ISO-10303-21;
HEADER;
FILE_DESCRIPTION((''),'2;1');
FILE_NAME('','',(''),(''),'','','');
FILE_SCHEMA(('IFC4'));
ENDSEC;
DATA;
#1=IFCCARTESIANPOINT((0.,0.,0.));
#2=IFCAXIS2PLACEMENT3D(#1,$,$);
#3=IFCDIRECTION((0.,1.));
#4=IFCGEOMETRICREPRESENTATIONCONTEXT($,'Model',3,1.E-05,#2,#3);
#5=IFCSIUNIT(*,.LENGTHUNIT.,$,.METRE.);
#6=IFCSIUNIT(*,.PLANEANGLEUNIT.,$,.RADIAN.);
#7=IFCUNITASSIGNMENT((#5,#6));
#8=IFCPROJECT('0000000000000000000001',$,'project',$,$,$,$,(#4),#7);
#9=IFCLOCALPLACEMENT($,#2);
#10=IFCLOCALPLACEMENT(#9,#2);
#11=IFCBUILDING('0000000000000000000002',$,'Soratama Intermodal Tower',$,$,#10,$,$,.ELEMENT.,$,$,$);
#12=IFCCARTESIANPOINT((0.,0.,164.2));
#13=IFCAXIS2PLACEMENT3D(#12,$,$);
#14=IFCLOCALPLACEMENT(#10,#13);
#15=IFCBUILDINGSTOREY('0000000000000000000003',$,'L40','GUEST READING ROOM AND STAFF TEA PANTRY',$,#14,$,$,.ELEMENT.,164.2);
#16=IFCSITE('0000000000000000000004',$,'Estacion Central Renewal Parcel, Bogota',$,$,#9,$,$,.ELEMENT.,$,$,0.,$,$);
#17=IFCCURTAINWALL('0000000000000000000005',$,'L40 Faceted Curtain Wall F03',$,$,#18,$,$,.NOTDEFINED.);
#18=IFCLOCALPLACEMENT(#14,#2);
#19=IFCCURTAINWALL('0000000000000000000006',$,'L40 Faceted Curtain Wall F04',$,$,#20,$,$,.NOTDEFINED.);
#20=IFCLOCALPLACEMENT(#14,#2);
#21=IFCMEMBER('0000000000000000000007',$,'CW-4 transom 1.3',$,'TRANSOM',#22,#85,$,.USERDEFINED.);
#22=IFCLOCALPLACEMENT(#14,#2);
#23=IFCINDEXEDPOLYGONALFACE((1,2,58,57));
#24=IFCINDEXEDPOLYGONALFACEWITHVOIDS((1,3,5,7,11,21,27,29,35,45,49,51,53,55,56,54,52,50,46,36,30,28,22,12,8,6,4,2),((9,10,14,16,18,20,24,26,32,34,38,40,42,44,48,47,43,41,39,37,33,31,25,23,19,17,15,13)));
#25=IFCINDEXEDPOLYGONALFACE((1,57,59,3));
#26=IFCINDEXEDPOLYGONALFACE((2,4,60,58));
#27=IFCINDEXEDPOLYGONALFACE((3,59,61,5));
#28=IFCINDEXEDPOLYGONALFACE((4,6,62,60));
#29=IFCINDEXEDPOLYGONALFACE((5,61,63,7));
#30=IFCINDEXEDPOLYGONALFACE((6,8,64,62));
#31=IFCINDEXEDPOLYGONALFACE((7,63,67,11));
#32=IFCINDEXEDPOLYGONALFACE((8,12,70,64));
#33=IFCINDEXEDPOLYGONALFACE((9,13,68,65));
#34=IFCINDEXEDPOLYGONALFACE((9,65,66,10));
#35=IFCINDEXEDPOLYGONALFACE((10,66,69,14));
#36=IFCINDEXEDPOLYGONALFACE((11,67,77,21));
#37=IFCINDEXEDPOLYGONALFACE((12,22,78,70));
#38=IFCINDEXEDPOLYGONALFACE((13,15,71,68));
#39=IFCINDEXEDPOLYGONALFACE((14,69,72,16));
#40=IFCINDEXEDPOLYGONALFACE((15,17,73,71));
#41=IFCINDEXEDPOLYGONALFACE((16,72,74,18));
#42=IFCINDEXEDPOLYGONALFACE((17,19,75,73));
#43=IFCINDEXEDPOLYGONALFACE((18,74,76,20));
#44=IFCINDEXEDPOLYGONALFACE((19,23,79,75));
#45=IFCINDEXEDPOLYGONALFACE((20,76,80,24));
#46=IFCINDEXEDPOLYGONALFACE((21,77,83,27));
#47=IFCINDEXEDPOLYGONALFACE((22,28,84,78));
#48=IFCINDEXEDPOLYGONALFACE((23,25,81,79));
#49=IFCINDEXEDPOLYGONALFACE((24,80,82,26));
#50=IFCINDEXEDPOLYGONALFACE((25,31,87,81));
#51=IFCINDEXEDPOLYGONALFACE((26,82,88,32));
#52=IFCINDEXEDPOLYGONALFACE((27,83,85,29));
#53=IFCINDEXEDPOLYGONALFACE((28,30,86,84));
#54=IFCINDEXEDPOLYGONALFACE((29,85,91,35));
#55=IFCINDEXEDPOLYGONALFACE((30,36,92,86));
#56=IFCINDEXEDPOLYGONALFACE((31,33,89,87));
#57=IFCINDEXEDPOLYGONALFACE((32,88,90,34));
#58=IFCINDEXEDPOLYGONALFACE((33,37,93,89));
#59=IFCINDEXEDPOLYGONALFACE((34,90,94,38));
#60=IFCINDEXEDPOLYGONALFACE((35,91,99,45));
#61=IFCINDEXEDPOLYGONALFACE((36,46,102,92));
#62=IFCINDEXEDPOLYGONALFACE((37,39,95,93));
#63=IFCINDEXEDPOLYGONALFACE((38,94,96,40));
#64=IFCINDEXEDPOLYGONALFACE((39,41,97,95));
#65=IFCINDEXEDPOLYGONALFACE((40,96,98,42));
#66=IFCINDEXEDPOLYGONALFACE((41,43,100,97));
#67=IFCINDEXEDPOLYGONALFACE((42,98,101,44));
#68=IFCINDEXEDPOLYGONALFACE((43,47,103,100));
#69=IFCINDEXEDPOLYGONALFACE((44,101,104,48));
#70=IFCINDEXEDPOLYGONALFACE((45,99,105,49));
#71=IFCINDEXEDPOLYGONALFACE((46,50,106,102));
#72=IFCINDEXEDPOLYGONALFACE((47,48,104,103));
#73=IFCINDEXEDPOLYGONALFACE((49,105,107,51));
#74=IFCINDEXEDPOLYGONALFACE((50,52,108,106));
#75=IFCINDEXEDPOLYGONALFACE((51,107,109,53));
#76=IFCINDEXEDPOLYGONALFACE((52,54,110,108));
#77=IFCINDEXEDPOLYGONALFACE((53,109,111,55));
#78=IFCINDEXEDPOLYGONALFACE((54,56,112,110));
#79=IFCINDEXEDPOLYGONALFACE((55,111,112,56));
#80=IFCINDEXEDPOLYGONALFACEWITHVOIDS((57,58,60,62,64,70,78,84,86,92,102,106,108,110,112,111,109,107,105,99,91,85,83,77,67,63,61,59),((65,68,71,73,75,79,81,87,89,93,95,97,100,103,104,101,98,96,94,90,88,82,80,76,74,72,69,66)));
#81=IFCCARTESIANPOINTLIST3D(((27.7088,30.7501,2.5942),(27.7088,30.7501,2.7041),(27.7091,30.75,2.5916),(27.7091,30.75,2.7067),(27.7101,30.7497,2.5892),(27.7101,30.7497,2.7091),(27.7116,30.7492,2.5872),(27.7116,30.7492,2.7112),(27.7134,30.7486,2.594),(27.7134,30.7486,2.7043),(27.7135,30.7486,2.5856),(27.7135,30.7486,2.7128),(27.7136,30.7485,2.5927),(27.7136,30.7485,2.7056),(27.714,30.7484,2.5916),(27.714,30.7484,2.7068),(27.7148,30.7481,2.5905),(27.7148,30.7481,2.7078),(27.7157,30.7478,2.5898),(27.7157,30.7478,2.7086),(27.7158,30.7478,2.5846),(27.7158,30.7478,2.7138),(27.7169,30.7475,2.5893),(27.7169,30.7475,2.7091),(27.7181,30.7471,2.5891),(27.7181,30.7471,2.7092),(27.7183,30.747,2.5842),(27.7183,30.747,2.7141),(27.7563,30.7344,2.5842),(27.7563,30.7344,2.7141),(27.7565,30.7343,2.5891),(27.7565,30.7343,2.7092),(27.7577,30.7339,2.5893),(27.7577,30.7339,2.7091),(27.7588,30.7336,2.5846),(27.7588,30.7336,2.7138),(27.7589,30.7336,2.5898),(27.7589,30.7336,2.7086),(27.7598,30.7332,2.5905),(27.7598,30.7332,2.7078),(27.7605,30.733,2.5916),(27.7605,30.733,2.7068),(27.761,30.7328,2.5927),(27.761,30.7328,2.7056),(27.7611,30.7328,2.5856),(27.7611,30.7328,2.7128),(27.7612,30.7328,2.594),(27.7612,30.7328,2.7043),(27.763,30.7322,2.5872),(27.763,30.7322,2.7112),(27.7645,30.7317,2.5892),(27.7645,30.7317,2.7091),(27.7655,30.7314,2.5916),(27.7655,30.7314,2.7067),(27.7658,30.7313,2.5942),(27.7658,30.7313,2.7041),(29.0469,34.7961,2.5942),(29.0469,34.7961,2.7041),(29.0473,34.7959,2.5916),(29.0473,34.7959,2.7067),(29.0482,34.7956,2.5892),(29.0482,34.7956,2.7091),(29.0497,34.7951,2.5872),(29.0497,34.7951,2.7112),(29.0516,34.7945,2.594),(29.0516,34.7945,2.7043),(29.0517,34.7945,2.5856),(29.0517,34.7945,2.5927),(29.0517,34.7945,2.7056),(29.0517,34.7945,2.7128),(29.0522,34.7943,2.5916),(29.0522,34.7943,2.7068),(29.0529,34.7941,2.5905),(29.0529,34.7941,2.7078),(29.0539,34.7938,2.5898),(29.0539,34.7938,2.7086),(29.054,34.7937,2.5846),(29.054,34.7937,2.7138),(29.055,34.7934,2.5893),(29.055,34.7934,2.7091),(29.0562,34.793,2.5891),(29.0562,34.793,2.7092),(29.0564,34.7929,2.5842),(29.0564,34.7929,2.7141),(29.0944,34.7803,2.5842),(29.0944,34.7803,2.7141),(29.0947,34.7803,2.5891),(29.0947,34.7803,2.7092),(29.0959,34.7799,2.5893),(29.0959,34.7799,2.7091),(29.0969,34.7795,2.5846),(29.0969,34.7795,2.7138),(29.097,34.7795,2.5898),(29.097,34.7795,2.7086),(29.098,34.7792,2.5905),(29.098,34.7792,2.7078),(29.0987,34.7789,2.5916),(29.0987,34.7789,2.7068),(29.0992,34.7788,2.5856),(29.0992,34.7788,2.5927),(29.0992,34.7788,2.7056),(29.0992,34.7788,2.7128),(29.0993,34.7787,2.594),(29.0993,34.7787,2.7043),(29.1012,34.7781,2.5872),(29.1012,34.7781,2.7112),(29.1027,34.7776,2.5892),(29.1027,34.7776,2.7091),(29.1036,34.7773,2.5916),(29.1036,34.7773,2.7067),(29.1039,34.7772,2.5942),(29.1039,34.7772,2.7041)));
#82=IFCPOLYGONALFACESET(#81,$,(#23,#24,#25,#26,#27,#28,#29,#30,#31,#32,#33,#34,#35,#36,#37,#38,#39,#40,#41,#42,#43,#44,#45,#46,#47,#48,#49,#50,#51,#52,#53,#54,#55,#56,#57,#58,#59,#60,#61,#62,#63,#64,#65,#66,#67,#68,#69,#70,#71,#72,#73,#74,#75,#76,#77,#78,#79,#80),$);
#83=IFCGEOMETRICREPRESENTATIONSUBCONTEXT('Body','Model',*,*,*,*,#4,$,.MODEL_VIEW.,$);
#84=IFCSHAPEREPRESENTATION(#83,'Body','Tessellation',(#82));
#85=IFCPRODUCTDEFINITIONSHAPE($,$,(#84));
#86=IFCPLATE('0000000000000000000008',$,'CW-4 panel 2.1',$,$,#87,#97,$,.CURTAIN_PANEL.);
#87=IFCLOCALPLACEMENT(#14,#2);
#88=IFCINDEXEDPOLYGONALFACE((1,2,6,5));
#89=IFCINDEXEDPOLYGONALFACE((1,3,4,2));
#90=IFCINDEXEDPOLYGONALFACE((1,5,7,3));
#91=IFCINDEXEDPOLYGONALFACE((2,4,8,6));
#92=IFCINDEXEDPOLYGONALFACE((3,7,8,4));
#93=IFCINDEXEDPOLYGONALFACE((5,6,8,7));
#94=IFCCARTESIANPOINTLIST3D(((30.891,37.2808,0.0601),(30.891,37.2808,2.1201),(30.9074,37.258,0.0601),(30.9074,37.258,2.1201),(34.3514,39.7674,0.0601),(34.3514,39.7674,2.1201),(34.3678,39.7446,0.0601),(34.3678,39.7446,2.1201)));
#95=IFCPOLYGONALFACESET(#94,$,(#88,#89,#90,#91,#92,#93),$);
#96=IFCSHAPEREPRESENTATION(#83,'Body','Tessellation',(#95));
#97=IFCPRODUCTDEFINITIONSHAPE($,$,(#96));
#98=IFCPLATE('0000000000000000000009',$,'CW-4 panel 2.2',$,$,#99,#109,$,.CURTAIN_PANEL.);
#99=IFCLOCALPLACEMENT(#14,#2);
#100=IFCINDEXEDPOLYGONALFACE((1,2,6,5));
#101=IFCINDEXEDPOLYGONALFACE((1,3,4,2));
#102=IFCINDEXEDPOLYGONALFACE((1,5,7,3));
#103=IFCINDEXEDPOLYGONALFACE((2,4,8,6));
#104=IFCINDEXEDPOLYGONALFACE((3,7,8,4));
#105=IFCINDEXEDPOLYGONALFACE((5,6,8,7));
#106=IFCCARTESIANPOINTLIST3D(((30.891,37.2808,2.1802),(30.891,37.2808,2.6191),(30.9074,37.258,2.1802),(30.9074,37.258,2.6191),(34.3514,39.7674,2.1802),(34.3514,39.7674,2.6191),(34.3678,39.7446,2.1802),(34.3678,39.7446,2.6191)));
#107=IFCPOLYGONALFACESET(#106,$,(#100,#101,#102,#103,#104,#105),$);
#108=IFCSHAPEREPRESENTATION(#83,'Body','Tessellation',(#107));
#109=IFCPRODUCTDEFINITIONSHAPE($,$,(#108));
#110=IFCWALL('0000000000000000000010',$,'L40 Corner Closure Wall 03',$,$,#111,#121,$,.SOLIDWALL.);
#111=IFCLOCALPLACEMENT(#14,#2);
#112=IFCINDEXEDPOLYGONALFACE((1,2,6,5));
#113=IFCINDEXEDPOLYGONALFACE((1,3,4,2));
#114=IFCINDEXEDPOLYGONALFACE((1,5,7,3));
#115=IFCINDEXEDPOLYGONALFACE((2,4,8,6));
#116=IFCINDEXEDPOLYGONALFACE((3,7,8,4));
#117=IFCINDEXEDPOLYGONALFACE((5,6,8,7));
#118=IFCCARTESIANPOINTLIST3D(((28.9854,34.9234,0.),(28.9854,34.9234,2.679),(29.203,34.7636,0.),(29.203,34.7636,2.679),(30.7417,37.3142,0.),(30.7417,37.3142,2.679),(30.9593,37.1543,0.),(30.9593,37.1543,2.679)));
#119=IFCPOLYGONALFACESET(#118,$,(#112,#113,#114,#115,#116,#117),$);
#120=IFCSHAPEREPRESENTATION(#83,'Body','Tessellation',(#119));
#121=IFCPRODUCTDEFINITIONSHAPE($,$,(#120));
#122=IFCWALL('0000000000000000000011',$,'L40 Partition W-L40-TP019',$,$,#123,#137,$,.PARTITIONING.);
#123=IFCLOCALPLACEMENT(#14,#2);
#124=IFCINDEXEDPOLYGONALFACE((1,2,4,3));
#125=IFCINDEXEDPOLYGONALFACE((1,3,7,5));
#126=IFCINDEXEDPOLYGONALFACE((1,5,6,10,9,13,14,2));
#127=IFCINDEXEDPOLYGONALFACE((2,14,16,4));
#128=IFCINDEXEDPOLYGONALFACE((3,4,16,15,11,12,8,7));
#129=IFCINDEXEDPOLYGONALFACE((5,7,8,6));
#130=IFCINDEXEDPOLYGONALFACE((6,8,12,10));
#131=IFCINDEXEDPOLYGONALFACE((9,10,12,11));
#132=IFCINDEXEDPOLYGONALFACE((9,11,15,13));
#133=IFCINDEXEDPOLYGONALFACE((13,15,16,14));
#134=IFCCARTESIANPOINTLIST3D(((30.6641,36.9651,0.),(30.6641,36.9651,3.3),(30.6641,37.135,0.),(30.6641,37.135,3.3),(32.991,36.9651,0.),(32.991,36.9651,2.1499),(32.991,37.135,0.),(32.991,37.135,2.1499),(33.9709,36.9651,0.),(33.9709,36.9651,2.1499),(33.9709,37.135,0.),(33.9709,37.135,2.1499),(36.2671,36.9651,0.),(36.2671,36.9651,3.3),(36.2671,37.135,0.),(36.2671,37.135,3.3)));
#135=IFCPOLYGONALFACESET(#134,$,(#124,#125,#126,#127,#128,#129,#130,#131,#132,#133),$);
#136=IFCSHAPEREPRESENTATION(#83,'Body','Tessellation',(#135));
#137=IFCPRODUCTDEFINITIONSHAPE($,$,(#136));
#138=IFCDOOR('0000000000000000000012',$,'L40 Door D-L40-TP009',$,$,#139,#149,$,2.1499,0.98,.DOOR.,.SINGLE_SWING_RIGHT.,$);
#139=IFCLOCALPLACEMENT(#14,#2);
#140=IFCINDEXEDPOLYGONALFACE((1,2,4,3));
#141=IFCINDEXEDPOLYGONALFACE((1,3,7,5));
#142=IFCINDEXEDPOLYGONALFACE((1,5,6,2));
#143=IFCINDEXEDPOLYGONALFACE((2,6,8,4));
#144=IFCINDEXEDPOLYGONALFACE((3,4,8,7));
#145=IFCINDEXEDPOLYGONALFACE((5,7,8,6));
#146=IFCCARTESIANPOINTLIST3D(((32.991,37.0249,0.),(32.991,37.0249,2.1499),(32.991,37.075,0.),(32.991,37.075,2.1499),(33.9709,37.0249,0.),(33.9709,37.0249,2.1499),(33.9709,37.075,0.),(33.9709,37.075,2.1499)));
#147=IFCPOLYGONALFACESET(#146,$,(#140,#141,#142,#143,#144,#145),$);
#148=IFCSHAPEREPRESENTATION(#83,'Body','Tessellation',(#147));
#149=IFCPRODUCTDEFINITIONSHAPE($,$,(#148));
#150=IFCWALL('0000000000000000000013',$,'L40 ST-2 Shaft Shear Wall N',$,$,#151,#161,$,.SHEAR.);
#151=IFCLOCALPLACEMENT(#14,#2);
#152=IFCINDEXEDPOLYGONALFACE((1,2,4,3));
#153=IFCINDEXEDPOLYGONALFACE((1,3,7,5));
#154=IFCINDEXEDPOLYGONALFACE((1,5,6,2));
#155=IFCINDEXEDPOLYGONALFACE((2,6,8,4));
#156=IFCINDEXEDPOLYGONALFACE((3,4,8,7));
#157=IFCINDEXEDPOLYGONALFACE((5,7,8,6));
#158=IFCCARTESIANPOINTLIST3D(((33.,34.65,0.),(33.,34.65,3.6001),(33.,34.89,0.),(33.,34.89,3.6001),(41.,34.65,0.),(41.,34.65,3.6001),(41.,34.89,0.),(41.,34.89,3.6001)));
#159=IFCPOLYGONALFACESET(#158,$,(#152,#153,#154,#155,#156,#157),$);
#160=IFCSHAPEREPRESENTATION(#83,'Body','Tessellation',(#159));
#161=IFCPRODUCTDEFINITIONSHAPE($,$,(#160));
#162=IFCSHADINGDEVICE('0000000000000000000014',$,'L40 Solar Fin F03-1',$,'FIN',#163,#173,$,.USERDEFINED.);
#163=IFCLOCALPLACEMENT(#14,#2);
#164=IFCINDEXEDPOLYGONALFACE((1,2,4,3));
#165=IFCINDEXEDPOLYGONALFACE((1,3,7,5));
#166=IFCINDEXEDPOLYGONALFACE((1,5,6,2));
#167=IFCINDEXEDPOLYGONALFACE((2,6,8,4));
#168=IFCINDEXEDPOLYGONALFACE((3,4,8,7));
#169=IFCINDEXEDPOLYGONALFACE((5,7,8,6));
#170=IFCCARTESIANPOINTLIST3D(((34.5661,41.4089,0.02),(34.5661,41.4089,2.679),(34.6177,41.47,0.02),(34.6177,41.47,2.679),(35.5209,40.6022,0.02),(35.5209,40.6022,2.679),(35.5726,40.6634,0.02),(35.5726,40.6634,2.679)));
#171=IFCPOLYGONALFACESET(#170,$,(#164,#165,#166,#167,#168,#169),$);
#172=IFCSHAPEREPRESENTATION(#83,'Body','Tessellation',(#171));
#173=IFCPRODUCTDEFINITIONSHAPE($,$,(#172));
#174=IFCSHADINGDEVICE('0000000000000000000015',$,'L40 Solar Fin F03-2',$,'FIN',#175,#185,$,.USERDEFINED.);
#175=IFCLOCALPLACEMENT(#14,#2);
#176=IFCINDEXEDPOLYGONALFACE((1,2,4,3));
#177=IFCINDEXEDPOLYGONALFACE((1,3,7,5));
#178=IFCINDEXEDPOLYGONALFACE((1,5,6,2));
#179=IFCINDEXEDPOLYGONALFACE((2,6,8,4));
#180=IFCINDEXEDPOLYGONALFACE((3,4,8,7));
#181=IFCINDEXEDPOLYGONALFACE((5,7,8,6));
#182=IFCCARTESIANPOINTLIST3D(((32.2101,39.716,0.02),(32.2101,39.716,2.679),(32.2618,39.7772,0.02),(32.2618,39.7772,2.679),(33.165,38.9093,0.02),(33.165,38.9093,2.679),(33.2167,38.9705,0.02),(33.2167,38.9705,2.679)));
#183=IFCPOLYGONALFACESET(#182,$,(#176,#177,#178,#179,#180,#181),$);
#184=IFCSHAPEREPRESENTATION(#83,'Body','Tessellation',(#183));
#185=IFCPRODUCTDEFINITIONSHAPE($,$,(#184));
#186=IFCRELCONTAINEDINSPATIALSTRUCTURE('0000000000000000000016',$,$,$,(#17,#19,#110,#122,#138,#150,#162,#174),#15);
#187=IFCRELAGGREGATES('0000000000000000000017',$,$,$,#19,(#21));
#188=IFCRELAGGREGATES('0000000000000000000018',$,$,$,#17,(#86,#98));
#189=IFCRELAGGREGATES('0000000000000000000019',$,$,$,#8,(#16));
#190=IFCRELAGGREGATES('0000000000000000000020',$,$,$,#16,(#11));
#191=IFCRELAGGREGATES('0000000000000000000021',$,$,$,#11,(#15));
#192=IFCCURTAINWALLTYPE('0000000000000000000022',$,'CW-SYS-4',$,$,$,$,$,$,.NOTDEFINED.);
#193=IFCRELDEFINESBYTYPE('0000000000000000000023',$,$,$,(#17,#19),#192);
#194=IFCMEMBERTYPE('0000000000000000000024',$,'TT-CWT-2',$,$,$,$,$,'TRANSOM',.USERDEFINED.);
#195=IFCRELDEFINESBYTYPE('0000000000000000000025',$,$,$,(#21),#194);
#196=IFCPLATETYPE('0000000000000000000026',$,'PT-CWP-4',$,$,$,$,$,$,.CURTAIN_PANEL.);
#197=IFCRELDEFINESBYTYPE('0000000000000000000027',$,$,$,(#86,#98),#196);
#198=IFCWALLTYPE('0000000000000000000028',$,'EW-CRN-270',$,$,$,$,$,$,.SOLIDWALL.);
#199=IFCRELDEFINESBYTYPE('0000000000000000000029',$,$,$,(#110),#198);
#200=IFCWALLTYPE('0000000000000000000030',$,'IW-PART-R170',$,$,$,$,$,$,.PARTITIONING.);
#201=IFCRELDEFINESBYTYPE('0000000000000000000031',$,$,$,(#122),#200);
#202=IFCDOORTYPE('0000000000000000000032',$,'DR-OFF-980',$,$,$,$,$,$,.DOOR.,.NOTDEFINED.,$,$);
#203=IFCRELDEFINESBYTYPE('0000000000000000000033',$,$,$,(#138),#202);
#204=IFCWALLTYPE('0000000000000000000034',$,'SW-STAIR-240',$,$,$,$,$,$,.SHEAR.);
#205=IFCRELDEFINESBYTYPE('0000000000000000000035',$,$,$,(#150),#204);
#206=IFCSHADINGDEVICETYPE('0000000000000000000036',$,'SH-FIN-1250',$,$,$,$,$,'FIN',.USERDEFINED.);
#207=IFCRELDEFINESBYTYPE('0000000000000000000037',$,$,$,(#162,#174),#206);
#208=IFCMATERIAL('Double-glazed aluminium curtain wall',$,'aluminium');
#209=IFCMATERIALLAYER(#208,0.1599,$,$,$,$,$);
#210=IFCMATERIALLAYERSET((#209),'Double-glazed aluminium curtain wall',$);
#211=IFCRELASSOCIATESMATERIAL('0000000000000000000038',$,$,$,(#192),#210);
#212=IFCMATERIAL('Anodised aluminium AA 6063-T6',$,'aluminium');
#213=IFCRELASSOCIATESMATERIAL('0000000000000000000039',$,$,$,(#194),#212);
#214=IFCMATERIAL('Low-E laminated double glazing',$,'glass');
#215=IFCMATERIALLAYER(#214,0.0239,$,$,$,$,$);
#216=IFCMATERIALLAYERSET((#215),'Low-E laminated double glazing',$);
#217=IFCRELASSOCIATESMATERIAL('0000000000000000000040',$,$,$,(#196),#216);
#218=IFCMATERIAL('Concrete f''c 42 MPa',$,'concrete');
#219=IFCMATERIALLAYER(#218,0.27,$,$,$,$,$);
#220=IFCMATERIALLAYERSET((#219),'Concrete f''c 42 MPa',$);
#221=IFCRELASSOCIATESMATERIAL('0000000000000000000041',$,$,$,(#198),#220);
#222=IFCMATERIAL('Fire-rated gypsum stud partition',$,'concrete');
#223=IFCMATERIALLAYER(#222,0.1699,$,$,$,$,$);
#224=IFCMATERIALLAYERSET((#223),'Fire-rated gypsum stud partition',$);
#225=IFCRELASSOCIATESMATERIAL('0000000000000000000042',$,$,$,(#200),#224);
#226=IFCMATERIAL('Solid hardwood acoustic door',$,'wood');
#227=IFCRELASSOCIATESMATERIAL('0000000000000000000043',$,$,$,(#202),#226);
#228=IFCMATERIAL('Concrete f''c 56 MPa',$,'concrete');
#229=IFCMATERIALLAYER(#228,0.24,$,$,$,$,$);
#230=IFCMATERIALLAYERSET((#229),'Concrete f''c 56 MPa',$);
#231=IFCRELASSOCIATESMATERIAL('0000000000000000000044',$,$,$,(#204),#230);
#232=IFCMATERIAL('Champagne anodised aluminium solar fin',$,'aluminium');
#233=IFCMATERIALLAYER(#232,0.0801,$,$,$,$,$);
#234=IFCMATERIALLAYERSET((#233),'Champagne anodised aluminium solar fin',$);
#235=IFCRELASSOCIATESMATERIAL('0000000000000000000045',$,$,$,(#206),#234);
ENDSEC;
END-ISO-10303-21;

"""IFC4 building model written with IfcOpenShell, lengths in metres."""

from ifc_helpers import new_model, si_unit, direction, frame, frame_2d, origin, origin_2d, place, context, subcontext, project, spatial, rectangle, hollow_rectangle, extrude, material, layer, layer_set, material_profile, profile_set, type_object, element, fill, aggregate, save


model = new_model("IFC4")

# Units and contexts
model_context = context("Model", 3, precision=1e-05, world=origin(), true_north=direction((0.0, 1.0)))
body_context = subcontext(model_context, "Body", "Model", "MODEL_VIEW")
ifc_project = project(units=[si_unit("LENGTHUNIT", "METRE"), si_unit("PLANEANGLEUNIT", "RADIAN")], contexts=[model_context])

# Site, building, storey
site_placement = place(None, origin())
site = spatial("IfcSite", under=ifc_project, at=site_placement, Name="Estacion Central Renewal Parcel, Bogota", CompositionType="ELEMENT", RefElevation=0.0)
building_placement = place(site_placement, origin())
building = spatial("IfcBuilding", under=site, at=building_placement, Name="Soratama Intermodal Tower", CompositionType="ELEMENT")
storey_placement = place(building_placement, frame((0.0, 0.0, 164.2)))
storey = spatial("IfcBuildingStorey", under=building, at=storey_placement, Name="L40", Description="GUEST READING ROOM AND STAFF TEA PANTRY", CompositionType="ELEMENT", Elevation=164.2)

# Curtain wall
ifc_material_1 = material(Name="Double-glazed aluminium curtain wall", Category="aluminium")
ifc_layer_1 = layer(ifc_material_1, 0.1599)
ifc_layer_set_1 = layer_set([ifc_layer_1], Name="Double-glazed aluminium curtain wall")
curtain_wall_type = type_object("IfcCurtainWallType", Name="CW-SYS-4", PredefinedType="NOTDEFINED", material=ifc_layer_set_1)
curtain_wall_1_placement = place(storey_placement, origin())
curtain_wall_1 = element("IfcCurtainWall", 1, at=curtain_wall_1_placement, inside=storey, type_object=curtain_wall_type, Name="L40 Faceted Curtain Wall F03", PredefinedType="NOTDEFINED")

# Curtain wall
curtain_wall_2_placement = place(storey_placement, origin())
curtain_wall_2 = element("IfcCurtainWall", 2, at=curtain_wall_2_placement, inside=storey, type_object=curtain_wall_type, Name="L40 Faceted Curtain Wall F04", PredefinedType="NOTDEFINED")

# Member
ifc_material_2 = material(Name="Anodised aluminium AA 6063-T6", Category="aluminium")
ifc_material_profile_1 = material_profile(ifc_material_2, hollow_rectangle(XDim=0.0601, YDim=0.1299, WallThickness=0.0049, InnerFilletRadius=0.0049, OuterFilletRadius=0.01, at=origin_2d()), Name="CWT130X60X5")
ifc_profile_set_1 = profile_set([ifc_material_profile_1], Name="Anodised aluminium AA 6063-T6")
member_type_1 = type_object("IfcMemberType", Name="TT-CWT-2", ElementType="TRANSOM", PredefinedType="USERDEFINED", material=ifc_profile_set_1)
member_1_placement = place(storey_placement, frame((29.0754, 34.7866, 2.6492), z_axis=(-0.31401, -0.94942, 0.0), x_axis=(0.94942, -0.31401, 0.0)))
member_1 = element("IfcMember", 3, at=member_1_placement, type_object=member_type_1, Name="CW-4 transom 1.3", ObjectType="TRANSOM", PredefinedType="USERDEFINED", context=body_context, shape_type="SweptSolid", body=[
    extrude(hollow_rectangle(XDim=0.0601, YDim=0.1299, WallThickness=0.0049, InnerFilletRadius=0.0049, OuterFilletRadius=0.01, at=origin_2d()), origin(), (0.0, 0.0, 1.0), 4.2615),
])
aggregate(curtain_wall_2, [member_1])

# Plates
ifc_material_3 = material(Name="Low-E laminated double glazing", Category="glass")
ifc_layer_2 = layer(ifc_material_3, 0.0239)
ifc_layer_set_2 = layer_set([ifc_layer_2], Name="Low-E laminated double glazing")
plate_type = type_object("IfcPlateType", Name="PT-CWP-4", PredefinedType="CURTAIN_PANEL", material=ifc_layer_set_2)
plate_1_placement = place(storey_placement, frame((32.6294, 38.5127, 0.0601), z_axis=(0.0, 0.0, 1.0), x_axis=(-0.812082, -0.583543, 0.0)))
plate_1 = element("IfcPlate", 4, at=plate_1_placement, type_object=plate_type, Name="CW-4 panel 2.1", PredefinedType="CURTAIN_PANEL", context=body_context, shape_type="SweptSolid", body=[
    extrude(rectangle(XDim=4.2612, YDim=0.0281, at=origin_2d()), origin(), (0.0, 0.0, 1.0), 2.0601),
])
plate_2_placement = place(storey_placement, frame((32.6294, 38.5127, 2.1802), z_axis=(0.0, 0.0, 1.0), x_axis=(-0.812082, -0.583543, 0.0)))
plate_2 = element("IfcPlate", 5, at=plate_2_placement, type_object=plate_type, Name="CW-4 panel 2.2", PredefinedType="CURTAIN_PANEL", context=body_context, shape_type="SweptSolid", body=[
    extrude(rectangle(XDim=4.2612, YDim=0.0281, at=origin_2d()), origin(), (0.0, 0.0, 1.0), 0.439),
])
aggregate(curtain_wall_1, [plate_1, plate_2])

# Wall
ifc_material_4 = material(Name="Concrete f'c 42 MPa", Category="concrete")
ifc_layer_3 = layer(ifc_material_4, 0.27)
ifc_layer_set_3 = layer_set([ifc_layer_3], Name="Concrete f'c 42 MPa")
wall_type_1 = type_object("IfcWallType", Name="EW-CRN-270", PredefinedType="SOLIDWALL", material=ifc_layer_set_3)
wall_1_placement = place(storey_placement, frame((30.8506, 37.2344, 0.0), z_axis=(0.0, 0.0, 1.0), x_axis=(-0.592031, -0.805915, 0.0)))
element("IfcWall", 6, at=wall_1_placement, inside=storey, type_object=wall_type_1, Name="L40 Corner Closure Wall 03", PredefinedType="SOLIDWALL", context=body_context, shape_type="SweptSolid", body=[
    extrude(rectangle(XDim=2.9666, YDim=0.27, at=frame_2d((1.4834, 0.0))), origin(), (0.0, 0.0, 1.0), 2.679),
])

# Wall, opening, door
ifc_material_5 = material(Name="Fire-rated gypsum stud partition", Category="concrete")
ifc_layer_4 = layer(ifc_material_5, 0.1699)
ifc_layer_set_4 = layer_set([ifc_layer_4], Name="Fire-rated gypsum stud partition")
wall_type_2 = type_object("IfcWallType", Name="IW-PART-R170", PredefinedType="PARTITIONING", material=ifc_layer_set_4)
wall_2_placement = place(storey_placement, frame((30.6641, 37.05, 0.0), z_axis=(0.0, 0.0, 1.0), x_axis=(1.0, 0.0, 0.0)))
wall_2 = element("IfcWall", 7, at=wall_2_placement, inside=storey, type_object=wall_type_2, Name="L40 Partition W-L40-TP019", PredefinedType="PARTITIONING", context=body_context, shape_type="SweptSolid", body=[
    extrude(rectangle(XDim=5.603, YDim=0.1699, at=frame_2d((2.8015, 0.0))), origin(), (0.0, 0.0, 1.0), 3.3),
])
opening_placement = place(wall_2_placement, frame((2.3269, 0.0, 0.0)))
opening = element("IfcOpeningElement", 8, at=opening_placement, cuts=wall_2, PredefinedType="OPENING", context=body_context, shape_type="SweptSolid", body=[
    extrude(rectangle(XDim=0.98, YDim=2.1499, at=frame_2d((0.49, 1.075))), frame((0.0, 0.095, 0.0), z_axis=(0.0, -1.0, 0.0), x_axis=(1.0, 0.0, 0.0)), (0.0, 0.0, 1.0), 0.1899),
])
ifc_material_6 = material(Name="Solid hardwood acoustic door", Category="wood")
door_type = type_object("IfcDoorType", Name="DR-OFF-980", OperationType="NOTDEFINED", PredefinedType="DOOR", material=ifc_material_6)
door_placement = place(opening_placement, origin())
door = element("IfcDoor", 9, at=door_placement, inside=storey, type_object=door_type, Name="L40 Door D-L40-TP009", OperationType="SINGLE_SWING_RIGHT", OverallHeight=2.1499, OverallWidth=0.98, PredefinedType="DOOR", context=body_context, shape_type="SweptSolid", body=[
    extrude(rectangle(XDim=0.98, YDim=2.1499, at=frame_2d((0.49, 1.075))), frame((0.0, 0.0249, 0.0), z_axis=(0.0, -1.0, 0.0), x_axis=(1.0, 0.0, 0.0)), (0.0, 0.0, 1.0), 0.05),
])
fill(opening, door)

# Wall
ifc_material_7 = material(Name="Concrete f'c 56 MPa", Category="concrete")
ifc_layer_5 = layer(ifc_material_7, 0.24)
ifc_layer_set_5 = layer_set([ifc_layer_5], Name="Concrete f'c 56 MPa")
wall_type_3 = type_object("IfcWallType", Name="SW-STAIR-240", PredefinedType="SHEAR", material=ifc_layer_set_5)
wall_3_placement = place(storey_placement, frame((33.0, 34.77, 0.0), z_axis=(0.0, 0.0, 1.0), x_axis=(1.0, 0.0, 0.0)))
element("IfcWall", 10, at=wall_3_placement, inside=storey, type_object=wall_type_3, Name="L40 ST-2 Shaft Shear Wall N", PredefinedType="SHEAR", context=body_context, shape_type="SweptSolid", body=[
    extrude(rectangle(XDim=8.0, YDim=0.24, at=frame_2d((4.0, 0.0))), origin(), (0.0, 0.0, 1.0), 3.6001),
])

# Shading devices
ifc_material_8 = material(Name="Champagne anodised aluminium solar fin", Category="aluminium")
ifc_layer_6 = layer(ifc_material_8, 0.0801)
ifc_layer_set_6 = layer_set([ifc_layer_6], Name="Champagne anodised aluminium solar fin")
shading_device_type = type_object("IfcShadingDeviceType", Name="SH-FIN-1250", ElementType="FIN", PredefinedType="USERDEFINED", material=ifc_layer_set_6)
for number, where, z_axis, x_axis, name in (
    (11, (35.0693, 41.0361, 0.02), (0.0, 0.0, 1.0), (-0.763909, 0.645324, 0.0), "L40 Solar Fin F03-1"),
    (12, (32.7134, 39.3433, 0.02), (0.0, 0.0, 1.0), (-0.763909, 0.645324, 0.0), "L40 Solar Fin F03-2"),
):
    element("IfcShadingDevice", number, at=place(storey_placement, frame(where, z_axis=z_axis, x_axis=x_axis)), inside=storey, type_object=shading_device_type, Name=name, ObjectType="FIN", PredefinedType="USERDEFINED", context=body_context, shape_type="SweptSolid", body=[
        extrude(rectangle(XDim=1.25, YDim=0.0801, at=origin_2d()), origin(), (0.0, 0.0, 1.0), 2.6589),
    ])

save(model, "model.ifc")
